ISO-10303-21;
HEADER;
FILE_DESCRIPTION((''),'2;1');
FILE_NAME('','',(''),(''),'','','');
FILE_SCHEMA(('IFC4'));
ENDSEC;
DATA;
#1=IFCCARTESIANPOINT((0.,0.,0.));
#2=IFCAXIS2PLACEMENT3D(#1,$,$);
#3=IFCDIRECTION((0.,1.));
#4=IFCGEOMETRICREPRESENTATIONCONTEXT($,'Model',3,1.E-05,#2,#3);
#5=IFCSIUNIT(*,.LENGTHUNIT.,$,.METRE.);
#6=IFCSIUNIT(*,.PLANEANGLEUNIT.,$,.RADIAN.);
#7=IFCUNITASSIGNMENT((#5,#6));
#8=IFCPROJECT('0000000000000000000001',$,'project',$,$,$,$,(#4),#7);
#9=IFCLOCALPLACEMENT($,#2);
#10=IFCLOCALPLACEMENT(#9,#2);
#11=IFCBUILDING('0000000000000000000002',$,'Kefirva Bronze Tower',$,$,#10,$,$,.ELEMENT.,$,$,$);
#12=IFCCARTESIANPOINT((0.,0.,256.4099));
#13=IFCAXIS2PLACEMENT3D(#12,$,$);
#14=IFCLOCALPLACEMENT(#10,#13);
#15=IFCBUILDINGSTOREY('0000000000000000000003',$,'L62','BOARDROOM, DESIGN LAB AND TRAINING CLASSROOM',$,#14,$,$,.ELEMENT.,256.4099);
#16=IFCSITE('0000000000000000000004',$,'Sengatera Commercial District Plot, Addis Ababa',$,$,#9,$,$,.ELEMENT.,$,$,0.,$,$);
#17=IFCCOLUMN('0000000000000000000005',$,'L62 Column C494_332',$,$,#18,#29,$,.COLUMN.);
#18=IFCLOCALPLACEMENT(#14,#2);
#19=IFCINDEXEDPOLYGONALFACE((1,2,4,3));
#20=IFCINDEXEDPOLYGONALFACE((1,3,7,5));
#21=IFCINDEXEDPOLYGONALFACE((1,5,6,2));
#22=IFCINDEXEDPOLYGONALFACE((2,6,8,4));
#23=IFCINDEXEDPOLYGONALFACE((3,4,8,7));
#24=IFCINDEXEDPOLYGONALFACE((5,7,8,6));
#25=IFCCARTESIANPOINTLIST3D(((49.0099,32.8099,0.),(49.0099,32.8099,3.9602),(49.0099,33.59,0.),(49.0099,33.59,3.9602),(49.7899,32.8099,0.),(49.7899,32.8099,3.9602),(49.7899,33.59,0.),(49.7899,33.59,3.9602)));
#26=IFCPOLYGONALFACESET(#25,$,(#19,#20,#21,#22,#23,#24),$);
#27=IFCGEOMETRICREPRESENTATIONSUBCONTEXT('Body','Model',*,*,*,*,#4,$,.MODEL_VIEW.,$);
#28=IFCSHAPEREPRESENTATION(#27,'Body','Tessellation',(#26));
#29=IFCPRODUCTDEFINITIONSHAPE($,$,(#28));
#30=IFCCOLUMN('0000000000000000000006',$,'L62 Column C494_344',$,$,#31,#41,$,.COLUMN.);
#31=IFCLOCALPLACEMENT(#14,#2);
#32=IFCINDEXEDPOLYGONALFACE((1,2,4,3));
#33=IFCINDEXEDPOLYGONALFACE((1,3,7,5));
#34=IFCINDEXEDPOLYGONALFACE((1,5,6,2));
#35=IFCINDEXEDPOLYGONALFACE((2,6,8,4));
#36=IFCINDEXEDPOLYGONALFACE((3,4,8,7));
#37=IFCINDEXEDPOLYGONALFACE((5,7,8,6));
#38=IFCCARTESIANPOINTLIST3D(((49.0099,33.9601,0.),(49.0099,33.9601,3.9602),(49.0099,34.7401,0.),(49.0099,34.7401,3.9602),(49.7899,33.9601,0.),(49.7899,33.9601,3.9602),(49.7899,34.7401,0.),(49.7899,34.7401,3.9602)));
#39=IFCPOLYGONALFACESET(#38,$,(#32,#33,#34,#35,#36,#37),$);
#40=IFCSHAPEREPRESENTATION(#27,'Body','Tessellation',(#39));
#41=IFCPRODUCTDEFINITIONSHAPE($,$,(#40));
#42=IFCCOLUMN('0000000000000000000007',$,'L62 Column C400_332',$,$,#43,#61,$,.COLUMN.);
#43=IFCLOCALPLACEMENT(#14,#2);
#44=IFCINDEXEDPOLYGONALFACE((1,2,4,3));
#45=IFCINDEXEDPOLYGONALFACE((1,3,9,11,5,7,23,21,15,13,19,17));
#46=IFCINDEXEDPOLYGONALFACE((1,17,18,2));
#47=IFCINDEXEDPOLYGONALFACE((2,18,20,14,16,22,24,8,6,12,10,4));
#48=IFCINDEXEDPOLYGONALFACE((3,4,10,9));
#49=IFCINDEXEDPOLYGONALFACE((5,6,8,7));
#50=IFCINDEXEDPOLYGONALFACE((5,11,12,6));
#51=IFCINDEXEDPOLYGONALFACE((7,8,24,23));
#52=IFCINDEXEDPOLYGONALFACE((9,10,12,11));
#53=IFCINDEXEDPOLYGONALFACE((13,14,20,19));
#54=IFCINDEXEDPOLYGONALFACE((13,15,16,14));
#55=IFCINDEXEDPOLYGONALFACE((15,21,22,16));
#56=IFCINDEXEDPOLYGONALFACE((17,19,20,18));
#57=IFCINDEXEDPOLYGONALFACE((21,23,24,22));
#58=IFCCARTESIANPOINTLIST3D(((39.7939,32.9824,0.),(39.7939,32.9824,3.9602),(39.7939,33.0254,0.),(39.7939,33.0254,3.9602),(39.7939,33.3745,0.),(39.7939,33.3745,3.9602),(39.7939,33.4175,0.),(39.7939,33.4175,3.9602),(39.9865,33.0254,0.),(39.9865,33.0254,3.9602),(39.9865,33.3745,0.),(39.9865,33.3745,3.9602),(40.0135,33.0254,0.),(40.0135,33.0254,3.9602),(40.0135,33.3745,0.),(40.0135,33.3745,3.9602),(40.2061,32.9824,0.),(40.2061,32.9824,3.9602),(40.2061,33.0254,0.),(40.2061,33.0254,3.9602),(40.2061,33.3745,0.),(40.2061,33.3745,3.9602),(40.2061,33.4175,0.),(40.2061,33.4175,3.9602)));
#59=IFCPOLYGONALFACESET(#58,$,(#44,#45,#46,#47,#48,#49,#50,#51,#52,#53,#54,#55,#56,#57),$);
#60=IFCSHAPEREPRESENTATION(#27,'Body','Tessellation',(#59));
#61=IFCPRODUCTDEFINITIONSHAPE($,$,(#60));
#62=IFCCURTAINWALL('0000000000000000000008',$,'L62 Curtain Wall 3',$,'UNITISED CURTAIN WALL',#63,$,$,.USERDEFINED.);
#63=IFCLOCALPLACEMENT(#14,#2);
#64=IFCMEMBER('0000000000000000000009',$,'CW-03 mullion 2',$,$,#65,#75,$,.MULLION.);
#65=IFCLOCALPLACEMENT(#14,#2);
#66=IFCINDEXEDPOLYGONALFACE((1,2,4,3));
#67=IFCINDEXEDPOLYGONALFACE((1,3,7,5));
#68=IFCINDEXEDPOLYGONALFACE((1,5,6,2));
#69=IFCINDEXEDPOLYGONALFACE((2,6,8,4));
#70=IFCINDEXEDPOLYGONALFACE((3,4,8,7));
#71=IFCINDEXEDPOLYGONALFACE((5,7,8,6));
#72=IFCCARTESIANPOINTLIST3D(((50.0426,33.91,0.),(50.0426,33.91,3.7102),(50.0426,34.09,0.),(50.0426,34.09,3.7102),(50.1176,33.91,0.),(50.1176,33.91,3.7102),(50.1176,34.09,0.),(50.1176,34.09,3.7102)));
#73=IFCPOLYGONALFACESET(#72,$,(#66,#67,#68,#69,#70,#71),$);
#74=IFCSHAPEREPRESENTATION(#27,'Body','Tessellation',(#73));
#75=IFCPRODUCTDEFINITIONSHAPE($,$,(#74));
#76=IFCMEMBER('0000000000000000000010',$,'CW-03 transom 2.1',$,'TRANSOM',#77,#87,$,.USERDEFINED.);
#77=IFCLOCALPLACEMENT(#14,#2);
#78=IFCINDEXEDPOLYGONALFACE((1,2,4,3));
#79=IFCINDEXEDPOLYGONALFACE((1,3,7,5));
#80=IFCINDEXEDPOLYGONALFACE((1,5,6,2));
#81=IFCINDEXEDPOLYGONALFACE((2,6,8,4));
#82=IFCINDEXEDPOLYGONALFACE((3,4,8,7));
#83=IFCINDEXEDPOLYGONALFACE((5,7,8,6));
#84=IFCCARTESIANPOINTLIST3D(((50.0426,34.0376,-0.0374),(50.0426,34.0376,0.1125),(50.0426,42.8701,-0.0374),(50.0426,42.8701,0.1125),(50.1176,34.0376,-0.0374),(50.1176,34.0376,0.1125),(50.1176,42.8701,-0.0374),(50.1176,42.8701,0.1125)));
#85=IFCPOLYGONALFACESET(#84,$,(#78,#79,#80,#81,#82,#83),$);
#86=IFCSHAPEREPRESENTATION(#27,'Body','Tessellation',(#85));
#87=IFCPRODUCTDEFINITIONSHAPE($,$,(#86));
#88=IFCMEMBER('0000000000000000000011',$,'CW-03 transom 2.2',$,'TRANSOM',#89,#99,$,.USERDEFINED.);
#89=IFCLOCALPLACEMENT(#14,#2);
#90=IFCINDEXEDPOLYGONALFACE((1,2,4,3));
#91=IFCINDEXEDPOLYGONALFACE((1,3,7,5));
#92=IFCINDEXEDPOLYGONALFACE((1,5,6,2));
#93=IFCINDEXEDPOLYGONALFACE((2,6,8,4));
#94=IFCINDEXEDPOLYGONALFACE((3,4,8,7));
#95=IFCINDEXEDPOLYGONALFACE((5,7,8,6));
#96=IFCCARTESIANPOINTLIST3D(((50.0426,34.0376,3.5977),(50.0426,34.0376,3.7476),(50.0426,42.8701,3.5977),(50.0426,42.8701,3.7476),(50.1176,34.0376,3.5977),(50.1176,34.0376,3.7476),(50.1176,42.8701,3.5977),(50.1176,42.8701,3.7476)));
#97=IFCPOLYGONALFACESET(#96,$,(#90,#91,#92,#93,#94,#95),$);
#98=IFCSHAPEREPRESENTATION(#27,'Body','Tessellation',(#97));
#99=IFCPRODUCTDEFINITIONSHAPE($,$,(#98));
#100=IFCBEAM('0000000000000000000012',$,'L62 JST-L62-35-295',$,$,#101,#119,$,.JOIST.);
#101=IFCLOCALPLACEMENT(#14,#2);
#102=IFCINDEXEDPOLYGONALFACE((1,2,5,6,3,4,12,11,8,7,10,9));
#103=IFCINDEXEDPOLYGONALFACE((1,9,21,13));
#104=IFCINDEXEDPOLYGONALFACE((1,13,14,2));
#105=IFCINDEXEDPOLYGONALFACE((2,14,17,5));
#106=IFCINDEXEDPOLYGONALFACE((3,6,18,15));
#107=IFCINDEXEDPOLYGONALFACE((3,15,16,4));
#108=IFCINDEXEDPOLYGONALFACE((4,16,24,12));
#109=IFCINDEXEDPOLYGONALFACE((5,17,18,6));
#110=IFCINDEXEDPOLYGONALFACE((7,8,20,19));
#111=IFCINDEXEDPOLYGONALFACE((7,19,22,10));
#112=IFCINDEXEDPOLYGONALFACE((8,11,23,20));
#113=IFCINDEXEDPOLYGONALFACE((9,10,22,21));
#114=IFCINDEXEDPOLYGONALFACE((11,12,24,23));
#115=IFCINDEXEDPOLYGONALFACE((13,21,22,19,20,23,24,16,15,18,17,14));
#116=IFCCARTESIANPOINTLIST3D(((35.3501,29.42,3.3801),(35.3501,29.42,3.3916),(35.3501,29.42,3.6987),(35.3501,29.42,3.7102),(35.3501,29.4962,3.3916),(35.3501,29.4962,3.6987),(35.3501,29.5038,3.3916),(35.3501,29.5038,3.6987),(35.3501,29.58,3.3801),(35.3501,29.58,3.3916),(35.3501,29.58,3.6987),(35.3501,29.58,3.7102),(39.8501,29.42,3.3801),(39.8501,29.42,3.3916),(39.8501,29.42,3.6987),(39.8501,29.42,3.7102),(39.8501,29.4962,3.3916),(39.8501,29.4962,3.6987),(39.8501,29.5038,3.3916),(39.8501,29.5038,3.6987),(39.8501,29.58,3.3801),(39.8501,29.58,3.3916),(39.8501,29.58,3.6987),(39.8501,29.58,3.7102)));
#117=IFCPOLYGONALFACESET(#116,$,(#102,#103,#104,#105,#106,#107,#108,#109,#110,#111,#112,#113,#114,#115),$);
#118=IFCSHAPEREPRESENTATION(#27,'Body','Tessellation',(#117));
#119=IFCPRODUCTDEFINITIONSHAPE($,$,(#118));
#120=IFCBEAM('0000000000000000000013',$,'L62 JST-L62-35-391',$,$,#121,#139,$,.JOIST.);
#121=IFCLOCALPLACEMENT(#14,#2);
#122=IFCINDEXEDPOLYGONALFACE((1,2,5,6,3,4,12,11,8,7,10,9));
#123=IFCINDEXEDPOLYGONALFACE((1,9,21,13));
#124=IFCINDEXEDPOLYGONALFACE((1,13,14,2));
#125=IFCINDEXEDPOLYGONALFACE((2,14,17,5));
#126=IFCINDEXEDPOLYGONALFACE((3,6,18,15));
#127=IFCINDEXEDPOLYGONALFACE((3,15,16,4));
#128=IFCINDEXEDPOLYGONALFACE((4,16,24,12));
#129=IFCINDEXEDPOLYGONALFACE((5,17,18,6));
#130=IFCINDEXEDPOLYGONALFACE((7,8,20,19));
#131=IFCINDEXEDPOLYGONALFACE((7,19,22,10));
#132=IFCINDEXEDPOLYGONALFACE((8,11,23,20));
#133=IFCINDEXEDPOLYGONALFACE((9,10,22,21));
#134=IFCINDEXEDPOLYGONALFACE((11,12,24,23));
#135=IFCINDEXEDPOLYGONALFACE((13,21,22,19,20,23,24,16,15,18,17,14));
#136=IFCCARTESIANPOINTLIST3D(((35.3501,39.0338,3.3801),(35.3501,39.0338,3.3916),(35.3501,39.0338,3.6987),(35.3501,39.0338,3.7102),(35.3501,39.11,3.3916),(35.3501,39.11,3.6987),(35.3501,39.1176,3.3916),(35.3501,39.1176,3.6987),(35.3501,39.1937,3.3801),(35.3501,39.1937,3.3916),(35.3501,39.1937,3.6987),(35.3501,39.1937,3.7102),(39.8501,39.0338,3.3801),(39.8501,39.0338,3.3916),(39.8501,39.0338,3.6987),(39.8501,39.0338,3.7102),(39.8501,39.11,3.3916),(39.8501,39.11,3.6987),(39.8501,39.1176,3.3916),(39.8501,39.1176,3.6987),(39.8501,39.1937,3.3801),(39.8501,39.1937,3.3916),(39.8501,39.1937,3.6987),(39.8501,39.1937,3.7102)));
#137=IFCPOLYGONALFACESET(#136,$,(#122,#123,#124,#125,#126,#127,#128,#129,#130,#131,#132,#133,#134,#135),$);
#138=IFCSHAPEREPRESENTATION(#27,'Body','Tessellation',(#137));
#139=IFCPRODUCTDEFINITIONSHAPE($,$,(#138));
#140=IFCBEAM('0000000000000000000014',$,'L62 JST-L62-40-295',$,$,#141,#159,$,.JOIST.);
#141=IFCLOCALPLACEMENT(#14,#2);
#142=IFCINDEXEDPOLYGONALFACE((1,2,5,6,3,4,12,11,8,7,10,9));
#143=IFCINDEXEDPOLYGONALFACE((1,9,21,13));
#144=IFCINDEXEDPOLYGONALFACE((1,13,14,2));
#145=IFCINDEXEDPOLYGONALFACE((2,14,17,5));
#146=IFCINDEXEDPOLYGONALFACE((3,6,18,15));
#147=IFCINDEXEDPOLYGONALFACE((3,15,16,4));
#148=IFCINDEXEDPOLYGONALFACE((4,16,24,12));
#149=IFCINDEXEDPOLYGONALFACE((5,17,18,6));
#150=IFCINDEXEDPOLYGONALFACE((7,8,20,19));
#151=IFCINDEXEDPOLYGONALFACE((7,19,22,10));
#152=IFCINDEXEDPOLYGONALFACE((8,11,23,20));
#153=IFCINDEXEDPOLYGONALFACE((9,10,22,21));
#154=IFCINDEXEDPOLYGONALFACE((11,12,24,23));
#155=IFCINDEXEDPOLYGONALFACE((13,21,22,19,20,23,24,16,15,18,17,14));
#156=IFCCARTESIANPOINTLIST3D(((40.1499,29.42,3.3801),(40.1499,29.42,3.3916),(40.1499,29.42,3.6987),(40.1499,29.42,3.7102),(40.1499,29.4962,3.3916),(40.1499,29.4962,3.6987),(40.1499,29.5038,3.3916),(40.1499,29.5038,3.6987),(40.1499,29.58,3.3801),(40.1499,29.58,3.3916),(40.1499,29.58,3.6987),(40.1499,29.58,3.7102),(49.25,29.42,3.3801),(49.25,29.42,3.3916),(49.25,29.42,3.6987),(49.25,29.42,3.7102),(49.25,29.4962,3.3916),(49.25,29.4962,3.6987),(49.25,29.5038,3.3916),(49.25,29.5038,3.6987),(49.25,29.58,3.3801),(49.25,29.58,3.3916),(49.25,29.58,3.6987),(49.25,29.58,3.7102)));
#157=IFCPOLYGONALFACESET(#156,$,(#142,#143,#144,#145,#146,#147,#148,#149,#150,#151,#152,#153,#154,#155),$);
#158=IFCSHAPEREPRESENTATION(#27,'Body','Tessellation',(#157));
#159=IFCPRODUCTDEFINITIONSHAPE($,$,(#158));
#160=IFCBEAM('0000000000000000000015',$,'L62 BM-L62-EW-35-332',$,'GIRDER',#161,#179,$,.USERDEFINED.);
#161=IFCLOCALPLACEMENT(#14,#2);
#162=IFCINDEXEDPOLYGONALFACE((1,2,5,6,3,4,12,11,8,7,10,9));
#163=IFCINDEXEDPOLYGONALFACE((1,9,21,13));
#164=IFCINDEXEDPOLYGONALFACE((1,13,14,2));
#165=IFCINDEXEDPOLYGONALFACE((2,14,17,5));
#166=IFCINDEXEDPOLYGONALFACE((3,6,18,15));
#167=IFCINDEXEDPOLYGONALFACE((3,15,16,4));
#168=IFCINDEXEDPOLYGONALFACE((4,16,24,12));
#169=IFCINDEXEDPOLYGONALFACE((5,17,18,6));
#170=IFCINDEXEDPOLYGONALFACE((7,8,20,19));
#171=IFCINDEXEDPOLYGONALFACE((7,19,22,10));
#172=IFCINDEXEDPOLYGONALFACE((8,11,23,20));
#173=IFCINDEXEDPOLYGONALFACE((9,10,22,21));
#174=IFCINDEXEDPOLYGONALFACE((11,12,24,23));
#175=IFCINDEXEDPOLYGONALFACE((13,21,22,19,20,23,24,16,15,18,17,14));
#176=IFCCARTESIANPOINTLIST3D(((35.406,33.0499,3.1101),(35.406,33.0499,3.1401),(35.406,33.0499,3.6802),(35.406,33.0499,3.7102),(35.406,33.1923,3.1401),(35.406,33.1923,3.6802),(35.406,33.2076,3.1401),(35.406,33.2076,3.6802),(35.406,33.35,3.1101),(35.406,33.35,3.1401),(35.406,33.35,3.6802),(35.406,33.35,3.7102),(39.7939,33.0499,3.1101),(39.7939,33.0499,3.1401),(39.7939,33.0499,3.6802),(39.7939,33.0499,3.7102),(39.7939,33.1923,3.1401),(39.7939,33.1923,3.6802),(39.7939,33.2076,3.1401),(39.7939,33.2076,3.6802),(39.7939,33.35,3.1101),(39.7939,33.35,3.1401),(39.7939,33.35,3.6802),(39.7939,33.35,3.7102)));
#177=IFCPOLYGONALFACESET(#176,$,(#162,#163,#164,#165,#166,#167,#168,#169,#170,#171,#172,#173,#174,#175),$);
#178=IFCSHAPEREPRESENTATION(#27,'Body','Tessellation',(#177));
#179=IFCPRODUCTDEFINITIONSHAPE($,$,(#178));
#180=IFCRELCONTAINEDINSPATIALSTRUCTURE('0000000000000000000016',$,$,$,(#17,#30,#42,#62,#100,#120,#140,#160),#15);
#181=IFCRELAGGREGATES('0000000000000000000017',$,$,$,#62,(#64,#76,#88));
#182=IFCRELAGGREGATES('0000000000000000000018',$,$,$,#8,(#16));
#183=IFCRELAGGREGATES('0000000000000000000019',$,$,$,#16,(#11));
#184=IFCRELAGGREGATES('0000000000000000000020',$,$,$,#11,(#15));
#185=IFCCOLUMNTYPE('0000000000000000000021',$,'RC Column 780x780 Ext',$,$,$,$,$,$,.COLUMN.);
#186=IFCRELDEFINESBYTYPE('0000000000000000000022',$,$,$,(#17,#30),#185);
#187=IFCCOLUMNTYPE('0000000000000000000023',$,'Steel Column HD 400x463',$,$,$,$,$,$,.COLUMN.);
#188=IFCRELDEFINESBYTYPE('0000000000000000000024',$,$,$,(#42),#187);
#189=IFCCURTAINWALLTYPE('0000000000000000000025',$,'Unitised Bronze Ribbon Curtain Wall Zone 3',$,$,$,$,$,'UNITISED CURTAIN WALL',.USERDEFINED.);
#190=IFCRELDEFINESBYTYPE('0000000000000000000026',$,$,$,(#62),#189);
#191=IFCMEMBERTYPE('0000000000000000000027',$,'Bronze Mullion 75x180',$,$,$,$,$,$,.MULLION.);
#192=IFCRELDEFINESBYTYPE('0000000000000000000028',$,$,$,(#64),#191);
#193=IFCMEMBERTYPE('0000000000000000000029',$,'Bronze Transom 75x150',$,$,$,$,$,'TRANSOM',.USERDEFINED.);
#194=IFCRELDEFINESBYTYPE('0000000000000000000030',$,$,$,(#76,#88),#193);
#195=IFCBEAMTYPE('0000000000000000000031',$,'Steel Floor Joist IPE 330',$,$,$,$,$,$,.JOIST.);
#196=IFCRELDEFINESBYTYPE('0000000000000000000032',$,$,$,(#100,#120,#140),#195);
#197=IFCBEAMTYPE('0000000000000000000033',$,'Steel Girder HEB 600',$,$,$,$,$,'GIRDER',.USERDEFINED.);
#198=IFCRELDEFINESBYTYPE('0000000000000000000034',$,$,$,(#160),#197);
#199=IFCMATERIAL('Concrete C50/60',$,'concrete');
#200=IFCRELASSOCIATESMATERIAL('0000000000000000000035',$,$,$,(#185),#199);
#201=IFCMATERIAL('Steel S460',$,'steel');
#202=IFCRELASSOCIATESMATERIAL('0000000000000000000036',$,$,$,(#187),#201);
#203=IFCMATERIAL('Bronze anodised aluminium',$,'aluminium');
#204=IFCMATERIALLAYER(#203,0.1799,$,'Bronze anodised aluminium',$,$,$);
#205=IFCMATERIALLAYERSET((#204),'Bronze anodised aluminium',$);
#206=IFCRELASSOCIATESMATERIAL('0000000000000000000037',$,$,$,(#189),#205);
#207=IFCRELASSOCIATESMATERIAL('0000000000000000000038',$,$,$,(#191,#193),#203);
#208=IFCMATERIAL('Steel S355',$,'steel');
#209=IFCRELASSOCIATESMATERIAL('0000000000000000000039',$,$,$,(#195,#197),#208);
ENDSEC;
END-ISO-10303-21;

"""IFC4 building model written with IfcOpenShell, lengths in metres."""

from ifc_helpers import new_model, si_unit, direction, frame, origin, origin_2d, place, context, subcontext, project, spatial, rectangle, i_section, extrude, material, layer, layer_set, material_profile, profile_set, type_object, element, aggregate, save


model = new_model("IFC4")

# Units and contexts
model_context = context("Model", 3, precision=1e-05, world=origin(), true_north=direction((0.0, 1.0)))
body_context = subcontext(model_context, "Body", "Model", "MODEL_VIEW")
ifc_project = project(units=[si_unit("LENGTHUNIT", "METRE"), si_unit("PLANEANGLEUNIT", "RADIAN")], contexts=[model_context])

# Site, building, storey
site_placement = place(None, origin())
site = spatial("IfcSite", under=ifc_project, at=site_placement, Name="Sengatera Commercial District Plot, Addis Ababa", CompositionType="ELEMENT", RefElevation=0.0)
building_placement = place(site_placement, origin())
building = spatial("IfcBuilding", under=site, at=building_placement, Name="Kefirva Bronze Tower", CompositionType="ELEMENT")
storey_placement = place(building_placement, frame((0.0, 0.0, 256.4099)))
storey = spatial("IfcBuildingStorey", under=building, at=storey_placement, Name="L62", Description="BOARDROOM, DESIGN LAB AND TRAINING CLASSROOM", CompositionType="ELEMENT", Elevation=256.4099)

# Columns
ifc_material_1 = material(Name="Concrete C50/60", Category="concrete")
ifc_material_profile_1 = material_profile(ifc_material_1, rectangle(XDim=0.78, YDim=0.78, at=origin_2d()), Name="RC 780x780")
ifc_profile_set_1 = profile_set([ifc_material_profile_1], Name="Concrete C50/60")
column_type_1 = type_object("IfcColumnType", Name="RC Column 780x780 Ext", PredefinedType="COLUMN", material=ifc_profile_set_1)
for number, where, z_axis, x_axis, name in (
    (1, (49.3999, 33.2, 0.0), (0.0, 0.0, 1.0), (1.0, 0.0, 0.0), "L62 Column C494_332"),
    (2, (49.3999, 34.3501, 0.0), (0.0, 0.0, 1.0), (1.0, 0.0, 0.0), "L62 Column C494_344"),
):
    element("IfcColumn", number, at=place(storey_placement, frame(where, z_axis=z_axis, x_axis=x_axis)), inside=storey, type_object=column_type_1, Name=name, PredefinedType="COLUMN", context=body_context, shape_type="SweptSolid", body=[
        extrude(rectangle(XDim=0.78, YDim=0.78, at=origin_2d()), origin(), (0.0, 0.0, 1.0), 3.9602),
    ])
ifc_material_2 = material(Name="Steel S460", Category="steel")
ifc_material_profile_2 = material_profile(ifc_material_2, i_section(OverallWidth=0.4121, OverallDepth=0.4351, WebThickness=0.0271, FlangeThickness=0.043, at=origin_2d()), Name="HD 400x463")
ifc_profile_set_2 = profile_set([ifc_material_profile_2], Name="Steel S460")
column_type_2 = type_object("IfcColumnType", Name="Steel Column HD 400x463", PredefinedType="COLUMN", material=ifc_profile_set_2)
column_placement = place(storey_placement, frame((40.0, 33.2, 0.0), z_axis=(0.0, 0.0, 1.0), x_axis=(1.0, 0.0, 0.0)))
element("IfcColumn", 3, at=column_placement, inside=storey, type_object=column_type_2, Name="L62 Column C400_332", PredefinedType="COLUMN", context=body_context, shape_type="SweptSolid", body=[
    extrude(i_section(OverallWidth=0.4121, OverallDepth=0.4351, WebThickness=0.0271, FlangeThickness=0.043, at=origin_2d()), origin(), (0.0, 0.0, 1.0), 3.9602),
])

# Curtain wall, members
ifc_material_3 = material(Name="Bronze anodised aluminium", Category="aluminium")
ifc_layer_1 = layer(ifc_material_3, 0.1799, Name="Bronze anodised aluminium")
ifc_layer_set_1 = layer_set([ifc_layer_1], Name="Bronze anodised aluminium")
curtain_wall_type = type_object("IfcCurtainWallType", Name="Unitised Bronze Ribbon Curtain Wall Zone 3", ElementType="UNITISED CURTAIN WALL", PredefinedType="USERDEFINED", material=ifc_layer_set_1)
curtain_wall_placement = place(storey_placement, origin())
curtain_wall = element("IfcCurtainWall", 4, at=curtain_wall_placement, inside=storey, type_object=curtain_wall_type, Name="L62 Curtain Wall 3", ObjectType="UNITISED CURTAIN WALL", PredefinedType="USERDEFINED")
ifc_material_profile_3 = material_profile(ifc_material_3, rectangle(XDim=0.075, YDim=0.1799, at=origin_2d()), Name="ALU 75x180")
ifc_profile_set_3 = profile_set([ifc_material_profile_3], Name="Bronze anodised aluminium")
member_type_1 = type_object("IfcMemberType", Name="Bronze Mullion 75x180", PredefinedType="MULLION", material=ifc_profile_set_3)
member_1_placement = place(storey_placement, frame((50.0801, 34.0, 0.0), z_axis=(0.0, 0.0, 1.0), x_axis=(-1.0, 0.0, 0.0)))
member_1 = element("IfcMember", 5, at=member_1_placement, type_object=member_type_1, Name="CW-03 mullion 2", PredefinedType="MULLION", context=body_context, shape_type="SweptSolid", body=[
    extrude(rectangle(XDim=0.075, YDim=0.1799, at=origin_2d()), origin(), (0.0, 0.0, 1.0), 3.7102),
])
ifc_material_profile_4 = material_profile(ifc_material_3, rectangle(XDim=0.075, YDim=0.1499, at=origin_2d()), Name="ALU 75x150")
ifc_profile_set_4 = profile_set([ifc_material_profile_4], Name="Bronze anodised aluminium")
member_type_2 = type_object("IfcMemberType", Name="Bronze Transom 75x150", ElementType="TRANSOM", PredefinedType="USERDEFINED", material=ifc_profile_set_4)
member_2_placement = place(storey_placement, frame((50.0801, 34.0376, 0.0376), z_axis=(0.0, 1.0, 0.0), x_axis=(-1.0, 0.0, 0.0)))
member_2 = element("IfcMember", 6, at=member_2_placement, type_object=member_type_2, Name="CW-03 transom 2.1", ObjectType="TRANSOM", PredefinedType="USERDEFINED", context=body_context, shape_type="SweptSolid", body=[
    extrude(rectangle(XDim=0.075, YDim=0.1499, at=origin_2d()), origin(), (0.0, 0.0, 1.0), 8.8325),
])
member_3_placement = place(storey_placement, frame((50.0801, 34.0376, 3.6726), z_axis=(0.0, 1.0, 0.0), x_axis=(-1.0, 0.0, 0.0)))
member_3 = element("IfcMember", 7, at=member_3_placement, type_object=member_type_2, Name="CW-03 transom 2.2", ObjectType="TRANSOM", PredefinedType="USERDEFINED", context=body_context, shape_type="SweptSolid", body=[
    extrude(rectangle(XDim=0.075, YDim=0.1499, at=origin_2d()), origin(), (0.0, 0.0, 1.0), 8.8325),
])

# Beams
ifc_material_4 = material(Name="Steel S355", Category="steel")
ifc_material_profile_5 = material_profile(ifc_material_4, i_section(OverallWidth=0.1599, OverallDepth=0.3301, WebThickness=0.0076, FlangeThickness=0.0115, at=origin_2d()), Name="IPE 330")
ifc_profile_set_5 = profile_set([ifc_material_profile_5], Name="Steel S355")
beam_type_1 = type_object("IfcBeamType", Name="Steel Floor Joist IPE 330", PredefinedType="JOIST", material=ifc_profile_set_5)
for number, where, z_axis, x_axis, name in (
    (8, (35.3501, 29.5, 3.5452), (1.0, 0.0, 0.0), (0.0, 1.0, 0.0), "L62 JST-L62-35-295"),
    (9, (35.3501, 39.1138, 3.5452), (1.0, 0.0, 0.0), (0.0, 1.0, 0.0), "L62 JST-L62-35-391"),
):
    element("IfcBeam", number, at=place(storey_placement, frame(where, z_axis=z_axis, x_axis=x_axis)), inside=storey, type_object=beam_type_1, Name=name, PredefinedType="JOIST", context=body_context, shape_type="SweptSolid", body=[
        extrude(i_section(OverallWidth=0.1599, OverallDepth=0.3301, WebThickness=0.0076, FlangeThickness=0.0115, at=origin_2d()), origin(), (0.0, 0.0, 1.0), 4.5),
    ])
beam_1_placement = place(storey_placement, frame((40.1499, 29.5, 3.5452), z_axis=(1.0, 0.0, 0.0), x_axis=(0.0, 1.0, 0.0)))
element("IfcBeam", 10, at=beam_1_placement, inside=storey, type_object=beam_type_1, Name="L62 JST-L62-40-295", PredefinedType="JOIST", context=body_context, shape_type="SweptSolid", body=[
    extrude(i_section(OverallWidth=0.1599, OverallDepth=0.3301, WebThickness=0.0076, FlangeThickness=0.0115, at=origin_2d()), origin(), (0.0, 0.0, 1.0), 9.1001),
])
ifc_material_profile_6 = material_profile(ifc_material_4, i_section(OverallWidth=0.3, OverallDepth=0.6001, WebThickness=0.0154, FlangeThickness=0.03, at=origin_2d()), Name="HEB 600")
ifc_profile_set_6 = profile_set([ifc_material_profile_6], Name="Steel S355")
beam_type_2 = type_object("IfcBeamType", Name="Steel Girder HEB 600", ElementType="GIRDER", PredefinedType="USERDEFINED", material=ifc_profile_set_6)
beam_2_placement = place(storey_placement, frame((35.406, 33.2, 3.4102), z_axis=(1.0, 0.0, 0.0), x_axis=(0.0, 1.0, 0.0)))
element("IfcBeam", 11, at=beam_2_placement, inside=storey, type_object=beam_type_2, Name="L62 BM-L62-EW-35-332", ObjectType="GIRDER", PredefinedType="USERDEFINED", context=body_context, shape_type="SweptSolid", body=[
    extrude(i_section(OverallWidth=0.3, OverallDepth=0.6001, WebThickness=0.0154, FlangeThickness=0.03, at=origin_2d()), origin(), (0.0, 0.0, 1.0), 4.3879),
])

aggregate(curtain_wall, [member_1, member_2, member_3])

save(model, "model.ifc")
